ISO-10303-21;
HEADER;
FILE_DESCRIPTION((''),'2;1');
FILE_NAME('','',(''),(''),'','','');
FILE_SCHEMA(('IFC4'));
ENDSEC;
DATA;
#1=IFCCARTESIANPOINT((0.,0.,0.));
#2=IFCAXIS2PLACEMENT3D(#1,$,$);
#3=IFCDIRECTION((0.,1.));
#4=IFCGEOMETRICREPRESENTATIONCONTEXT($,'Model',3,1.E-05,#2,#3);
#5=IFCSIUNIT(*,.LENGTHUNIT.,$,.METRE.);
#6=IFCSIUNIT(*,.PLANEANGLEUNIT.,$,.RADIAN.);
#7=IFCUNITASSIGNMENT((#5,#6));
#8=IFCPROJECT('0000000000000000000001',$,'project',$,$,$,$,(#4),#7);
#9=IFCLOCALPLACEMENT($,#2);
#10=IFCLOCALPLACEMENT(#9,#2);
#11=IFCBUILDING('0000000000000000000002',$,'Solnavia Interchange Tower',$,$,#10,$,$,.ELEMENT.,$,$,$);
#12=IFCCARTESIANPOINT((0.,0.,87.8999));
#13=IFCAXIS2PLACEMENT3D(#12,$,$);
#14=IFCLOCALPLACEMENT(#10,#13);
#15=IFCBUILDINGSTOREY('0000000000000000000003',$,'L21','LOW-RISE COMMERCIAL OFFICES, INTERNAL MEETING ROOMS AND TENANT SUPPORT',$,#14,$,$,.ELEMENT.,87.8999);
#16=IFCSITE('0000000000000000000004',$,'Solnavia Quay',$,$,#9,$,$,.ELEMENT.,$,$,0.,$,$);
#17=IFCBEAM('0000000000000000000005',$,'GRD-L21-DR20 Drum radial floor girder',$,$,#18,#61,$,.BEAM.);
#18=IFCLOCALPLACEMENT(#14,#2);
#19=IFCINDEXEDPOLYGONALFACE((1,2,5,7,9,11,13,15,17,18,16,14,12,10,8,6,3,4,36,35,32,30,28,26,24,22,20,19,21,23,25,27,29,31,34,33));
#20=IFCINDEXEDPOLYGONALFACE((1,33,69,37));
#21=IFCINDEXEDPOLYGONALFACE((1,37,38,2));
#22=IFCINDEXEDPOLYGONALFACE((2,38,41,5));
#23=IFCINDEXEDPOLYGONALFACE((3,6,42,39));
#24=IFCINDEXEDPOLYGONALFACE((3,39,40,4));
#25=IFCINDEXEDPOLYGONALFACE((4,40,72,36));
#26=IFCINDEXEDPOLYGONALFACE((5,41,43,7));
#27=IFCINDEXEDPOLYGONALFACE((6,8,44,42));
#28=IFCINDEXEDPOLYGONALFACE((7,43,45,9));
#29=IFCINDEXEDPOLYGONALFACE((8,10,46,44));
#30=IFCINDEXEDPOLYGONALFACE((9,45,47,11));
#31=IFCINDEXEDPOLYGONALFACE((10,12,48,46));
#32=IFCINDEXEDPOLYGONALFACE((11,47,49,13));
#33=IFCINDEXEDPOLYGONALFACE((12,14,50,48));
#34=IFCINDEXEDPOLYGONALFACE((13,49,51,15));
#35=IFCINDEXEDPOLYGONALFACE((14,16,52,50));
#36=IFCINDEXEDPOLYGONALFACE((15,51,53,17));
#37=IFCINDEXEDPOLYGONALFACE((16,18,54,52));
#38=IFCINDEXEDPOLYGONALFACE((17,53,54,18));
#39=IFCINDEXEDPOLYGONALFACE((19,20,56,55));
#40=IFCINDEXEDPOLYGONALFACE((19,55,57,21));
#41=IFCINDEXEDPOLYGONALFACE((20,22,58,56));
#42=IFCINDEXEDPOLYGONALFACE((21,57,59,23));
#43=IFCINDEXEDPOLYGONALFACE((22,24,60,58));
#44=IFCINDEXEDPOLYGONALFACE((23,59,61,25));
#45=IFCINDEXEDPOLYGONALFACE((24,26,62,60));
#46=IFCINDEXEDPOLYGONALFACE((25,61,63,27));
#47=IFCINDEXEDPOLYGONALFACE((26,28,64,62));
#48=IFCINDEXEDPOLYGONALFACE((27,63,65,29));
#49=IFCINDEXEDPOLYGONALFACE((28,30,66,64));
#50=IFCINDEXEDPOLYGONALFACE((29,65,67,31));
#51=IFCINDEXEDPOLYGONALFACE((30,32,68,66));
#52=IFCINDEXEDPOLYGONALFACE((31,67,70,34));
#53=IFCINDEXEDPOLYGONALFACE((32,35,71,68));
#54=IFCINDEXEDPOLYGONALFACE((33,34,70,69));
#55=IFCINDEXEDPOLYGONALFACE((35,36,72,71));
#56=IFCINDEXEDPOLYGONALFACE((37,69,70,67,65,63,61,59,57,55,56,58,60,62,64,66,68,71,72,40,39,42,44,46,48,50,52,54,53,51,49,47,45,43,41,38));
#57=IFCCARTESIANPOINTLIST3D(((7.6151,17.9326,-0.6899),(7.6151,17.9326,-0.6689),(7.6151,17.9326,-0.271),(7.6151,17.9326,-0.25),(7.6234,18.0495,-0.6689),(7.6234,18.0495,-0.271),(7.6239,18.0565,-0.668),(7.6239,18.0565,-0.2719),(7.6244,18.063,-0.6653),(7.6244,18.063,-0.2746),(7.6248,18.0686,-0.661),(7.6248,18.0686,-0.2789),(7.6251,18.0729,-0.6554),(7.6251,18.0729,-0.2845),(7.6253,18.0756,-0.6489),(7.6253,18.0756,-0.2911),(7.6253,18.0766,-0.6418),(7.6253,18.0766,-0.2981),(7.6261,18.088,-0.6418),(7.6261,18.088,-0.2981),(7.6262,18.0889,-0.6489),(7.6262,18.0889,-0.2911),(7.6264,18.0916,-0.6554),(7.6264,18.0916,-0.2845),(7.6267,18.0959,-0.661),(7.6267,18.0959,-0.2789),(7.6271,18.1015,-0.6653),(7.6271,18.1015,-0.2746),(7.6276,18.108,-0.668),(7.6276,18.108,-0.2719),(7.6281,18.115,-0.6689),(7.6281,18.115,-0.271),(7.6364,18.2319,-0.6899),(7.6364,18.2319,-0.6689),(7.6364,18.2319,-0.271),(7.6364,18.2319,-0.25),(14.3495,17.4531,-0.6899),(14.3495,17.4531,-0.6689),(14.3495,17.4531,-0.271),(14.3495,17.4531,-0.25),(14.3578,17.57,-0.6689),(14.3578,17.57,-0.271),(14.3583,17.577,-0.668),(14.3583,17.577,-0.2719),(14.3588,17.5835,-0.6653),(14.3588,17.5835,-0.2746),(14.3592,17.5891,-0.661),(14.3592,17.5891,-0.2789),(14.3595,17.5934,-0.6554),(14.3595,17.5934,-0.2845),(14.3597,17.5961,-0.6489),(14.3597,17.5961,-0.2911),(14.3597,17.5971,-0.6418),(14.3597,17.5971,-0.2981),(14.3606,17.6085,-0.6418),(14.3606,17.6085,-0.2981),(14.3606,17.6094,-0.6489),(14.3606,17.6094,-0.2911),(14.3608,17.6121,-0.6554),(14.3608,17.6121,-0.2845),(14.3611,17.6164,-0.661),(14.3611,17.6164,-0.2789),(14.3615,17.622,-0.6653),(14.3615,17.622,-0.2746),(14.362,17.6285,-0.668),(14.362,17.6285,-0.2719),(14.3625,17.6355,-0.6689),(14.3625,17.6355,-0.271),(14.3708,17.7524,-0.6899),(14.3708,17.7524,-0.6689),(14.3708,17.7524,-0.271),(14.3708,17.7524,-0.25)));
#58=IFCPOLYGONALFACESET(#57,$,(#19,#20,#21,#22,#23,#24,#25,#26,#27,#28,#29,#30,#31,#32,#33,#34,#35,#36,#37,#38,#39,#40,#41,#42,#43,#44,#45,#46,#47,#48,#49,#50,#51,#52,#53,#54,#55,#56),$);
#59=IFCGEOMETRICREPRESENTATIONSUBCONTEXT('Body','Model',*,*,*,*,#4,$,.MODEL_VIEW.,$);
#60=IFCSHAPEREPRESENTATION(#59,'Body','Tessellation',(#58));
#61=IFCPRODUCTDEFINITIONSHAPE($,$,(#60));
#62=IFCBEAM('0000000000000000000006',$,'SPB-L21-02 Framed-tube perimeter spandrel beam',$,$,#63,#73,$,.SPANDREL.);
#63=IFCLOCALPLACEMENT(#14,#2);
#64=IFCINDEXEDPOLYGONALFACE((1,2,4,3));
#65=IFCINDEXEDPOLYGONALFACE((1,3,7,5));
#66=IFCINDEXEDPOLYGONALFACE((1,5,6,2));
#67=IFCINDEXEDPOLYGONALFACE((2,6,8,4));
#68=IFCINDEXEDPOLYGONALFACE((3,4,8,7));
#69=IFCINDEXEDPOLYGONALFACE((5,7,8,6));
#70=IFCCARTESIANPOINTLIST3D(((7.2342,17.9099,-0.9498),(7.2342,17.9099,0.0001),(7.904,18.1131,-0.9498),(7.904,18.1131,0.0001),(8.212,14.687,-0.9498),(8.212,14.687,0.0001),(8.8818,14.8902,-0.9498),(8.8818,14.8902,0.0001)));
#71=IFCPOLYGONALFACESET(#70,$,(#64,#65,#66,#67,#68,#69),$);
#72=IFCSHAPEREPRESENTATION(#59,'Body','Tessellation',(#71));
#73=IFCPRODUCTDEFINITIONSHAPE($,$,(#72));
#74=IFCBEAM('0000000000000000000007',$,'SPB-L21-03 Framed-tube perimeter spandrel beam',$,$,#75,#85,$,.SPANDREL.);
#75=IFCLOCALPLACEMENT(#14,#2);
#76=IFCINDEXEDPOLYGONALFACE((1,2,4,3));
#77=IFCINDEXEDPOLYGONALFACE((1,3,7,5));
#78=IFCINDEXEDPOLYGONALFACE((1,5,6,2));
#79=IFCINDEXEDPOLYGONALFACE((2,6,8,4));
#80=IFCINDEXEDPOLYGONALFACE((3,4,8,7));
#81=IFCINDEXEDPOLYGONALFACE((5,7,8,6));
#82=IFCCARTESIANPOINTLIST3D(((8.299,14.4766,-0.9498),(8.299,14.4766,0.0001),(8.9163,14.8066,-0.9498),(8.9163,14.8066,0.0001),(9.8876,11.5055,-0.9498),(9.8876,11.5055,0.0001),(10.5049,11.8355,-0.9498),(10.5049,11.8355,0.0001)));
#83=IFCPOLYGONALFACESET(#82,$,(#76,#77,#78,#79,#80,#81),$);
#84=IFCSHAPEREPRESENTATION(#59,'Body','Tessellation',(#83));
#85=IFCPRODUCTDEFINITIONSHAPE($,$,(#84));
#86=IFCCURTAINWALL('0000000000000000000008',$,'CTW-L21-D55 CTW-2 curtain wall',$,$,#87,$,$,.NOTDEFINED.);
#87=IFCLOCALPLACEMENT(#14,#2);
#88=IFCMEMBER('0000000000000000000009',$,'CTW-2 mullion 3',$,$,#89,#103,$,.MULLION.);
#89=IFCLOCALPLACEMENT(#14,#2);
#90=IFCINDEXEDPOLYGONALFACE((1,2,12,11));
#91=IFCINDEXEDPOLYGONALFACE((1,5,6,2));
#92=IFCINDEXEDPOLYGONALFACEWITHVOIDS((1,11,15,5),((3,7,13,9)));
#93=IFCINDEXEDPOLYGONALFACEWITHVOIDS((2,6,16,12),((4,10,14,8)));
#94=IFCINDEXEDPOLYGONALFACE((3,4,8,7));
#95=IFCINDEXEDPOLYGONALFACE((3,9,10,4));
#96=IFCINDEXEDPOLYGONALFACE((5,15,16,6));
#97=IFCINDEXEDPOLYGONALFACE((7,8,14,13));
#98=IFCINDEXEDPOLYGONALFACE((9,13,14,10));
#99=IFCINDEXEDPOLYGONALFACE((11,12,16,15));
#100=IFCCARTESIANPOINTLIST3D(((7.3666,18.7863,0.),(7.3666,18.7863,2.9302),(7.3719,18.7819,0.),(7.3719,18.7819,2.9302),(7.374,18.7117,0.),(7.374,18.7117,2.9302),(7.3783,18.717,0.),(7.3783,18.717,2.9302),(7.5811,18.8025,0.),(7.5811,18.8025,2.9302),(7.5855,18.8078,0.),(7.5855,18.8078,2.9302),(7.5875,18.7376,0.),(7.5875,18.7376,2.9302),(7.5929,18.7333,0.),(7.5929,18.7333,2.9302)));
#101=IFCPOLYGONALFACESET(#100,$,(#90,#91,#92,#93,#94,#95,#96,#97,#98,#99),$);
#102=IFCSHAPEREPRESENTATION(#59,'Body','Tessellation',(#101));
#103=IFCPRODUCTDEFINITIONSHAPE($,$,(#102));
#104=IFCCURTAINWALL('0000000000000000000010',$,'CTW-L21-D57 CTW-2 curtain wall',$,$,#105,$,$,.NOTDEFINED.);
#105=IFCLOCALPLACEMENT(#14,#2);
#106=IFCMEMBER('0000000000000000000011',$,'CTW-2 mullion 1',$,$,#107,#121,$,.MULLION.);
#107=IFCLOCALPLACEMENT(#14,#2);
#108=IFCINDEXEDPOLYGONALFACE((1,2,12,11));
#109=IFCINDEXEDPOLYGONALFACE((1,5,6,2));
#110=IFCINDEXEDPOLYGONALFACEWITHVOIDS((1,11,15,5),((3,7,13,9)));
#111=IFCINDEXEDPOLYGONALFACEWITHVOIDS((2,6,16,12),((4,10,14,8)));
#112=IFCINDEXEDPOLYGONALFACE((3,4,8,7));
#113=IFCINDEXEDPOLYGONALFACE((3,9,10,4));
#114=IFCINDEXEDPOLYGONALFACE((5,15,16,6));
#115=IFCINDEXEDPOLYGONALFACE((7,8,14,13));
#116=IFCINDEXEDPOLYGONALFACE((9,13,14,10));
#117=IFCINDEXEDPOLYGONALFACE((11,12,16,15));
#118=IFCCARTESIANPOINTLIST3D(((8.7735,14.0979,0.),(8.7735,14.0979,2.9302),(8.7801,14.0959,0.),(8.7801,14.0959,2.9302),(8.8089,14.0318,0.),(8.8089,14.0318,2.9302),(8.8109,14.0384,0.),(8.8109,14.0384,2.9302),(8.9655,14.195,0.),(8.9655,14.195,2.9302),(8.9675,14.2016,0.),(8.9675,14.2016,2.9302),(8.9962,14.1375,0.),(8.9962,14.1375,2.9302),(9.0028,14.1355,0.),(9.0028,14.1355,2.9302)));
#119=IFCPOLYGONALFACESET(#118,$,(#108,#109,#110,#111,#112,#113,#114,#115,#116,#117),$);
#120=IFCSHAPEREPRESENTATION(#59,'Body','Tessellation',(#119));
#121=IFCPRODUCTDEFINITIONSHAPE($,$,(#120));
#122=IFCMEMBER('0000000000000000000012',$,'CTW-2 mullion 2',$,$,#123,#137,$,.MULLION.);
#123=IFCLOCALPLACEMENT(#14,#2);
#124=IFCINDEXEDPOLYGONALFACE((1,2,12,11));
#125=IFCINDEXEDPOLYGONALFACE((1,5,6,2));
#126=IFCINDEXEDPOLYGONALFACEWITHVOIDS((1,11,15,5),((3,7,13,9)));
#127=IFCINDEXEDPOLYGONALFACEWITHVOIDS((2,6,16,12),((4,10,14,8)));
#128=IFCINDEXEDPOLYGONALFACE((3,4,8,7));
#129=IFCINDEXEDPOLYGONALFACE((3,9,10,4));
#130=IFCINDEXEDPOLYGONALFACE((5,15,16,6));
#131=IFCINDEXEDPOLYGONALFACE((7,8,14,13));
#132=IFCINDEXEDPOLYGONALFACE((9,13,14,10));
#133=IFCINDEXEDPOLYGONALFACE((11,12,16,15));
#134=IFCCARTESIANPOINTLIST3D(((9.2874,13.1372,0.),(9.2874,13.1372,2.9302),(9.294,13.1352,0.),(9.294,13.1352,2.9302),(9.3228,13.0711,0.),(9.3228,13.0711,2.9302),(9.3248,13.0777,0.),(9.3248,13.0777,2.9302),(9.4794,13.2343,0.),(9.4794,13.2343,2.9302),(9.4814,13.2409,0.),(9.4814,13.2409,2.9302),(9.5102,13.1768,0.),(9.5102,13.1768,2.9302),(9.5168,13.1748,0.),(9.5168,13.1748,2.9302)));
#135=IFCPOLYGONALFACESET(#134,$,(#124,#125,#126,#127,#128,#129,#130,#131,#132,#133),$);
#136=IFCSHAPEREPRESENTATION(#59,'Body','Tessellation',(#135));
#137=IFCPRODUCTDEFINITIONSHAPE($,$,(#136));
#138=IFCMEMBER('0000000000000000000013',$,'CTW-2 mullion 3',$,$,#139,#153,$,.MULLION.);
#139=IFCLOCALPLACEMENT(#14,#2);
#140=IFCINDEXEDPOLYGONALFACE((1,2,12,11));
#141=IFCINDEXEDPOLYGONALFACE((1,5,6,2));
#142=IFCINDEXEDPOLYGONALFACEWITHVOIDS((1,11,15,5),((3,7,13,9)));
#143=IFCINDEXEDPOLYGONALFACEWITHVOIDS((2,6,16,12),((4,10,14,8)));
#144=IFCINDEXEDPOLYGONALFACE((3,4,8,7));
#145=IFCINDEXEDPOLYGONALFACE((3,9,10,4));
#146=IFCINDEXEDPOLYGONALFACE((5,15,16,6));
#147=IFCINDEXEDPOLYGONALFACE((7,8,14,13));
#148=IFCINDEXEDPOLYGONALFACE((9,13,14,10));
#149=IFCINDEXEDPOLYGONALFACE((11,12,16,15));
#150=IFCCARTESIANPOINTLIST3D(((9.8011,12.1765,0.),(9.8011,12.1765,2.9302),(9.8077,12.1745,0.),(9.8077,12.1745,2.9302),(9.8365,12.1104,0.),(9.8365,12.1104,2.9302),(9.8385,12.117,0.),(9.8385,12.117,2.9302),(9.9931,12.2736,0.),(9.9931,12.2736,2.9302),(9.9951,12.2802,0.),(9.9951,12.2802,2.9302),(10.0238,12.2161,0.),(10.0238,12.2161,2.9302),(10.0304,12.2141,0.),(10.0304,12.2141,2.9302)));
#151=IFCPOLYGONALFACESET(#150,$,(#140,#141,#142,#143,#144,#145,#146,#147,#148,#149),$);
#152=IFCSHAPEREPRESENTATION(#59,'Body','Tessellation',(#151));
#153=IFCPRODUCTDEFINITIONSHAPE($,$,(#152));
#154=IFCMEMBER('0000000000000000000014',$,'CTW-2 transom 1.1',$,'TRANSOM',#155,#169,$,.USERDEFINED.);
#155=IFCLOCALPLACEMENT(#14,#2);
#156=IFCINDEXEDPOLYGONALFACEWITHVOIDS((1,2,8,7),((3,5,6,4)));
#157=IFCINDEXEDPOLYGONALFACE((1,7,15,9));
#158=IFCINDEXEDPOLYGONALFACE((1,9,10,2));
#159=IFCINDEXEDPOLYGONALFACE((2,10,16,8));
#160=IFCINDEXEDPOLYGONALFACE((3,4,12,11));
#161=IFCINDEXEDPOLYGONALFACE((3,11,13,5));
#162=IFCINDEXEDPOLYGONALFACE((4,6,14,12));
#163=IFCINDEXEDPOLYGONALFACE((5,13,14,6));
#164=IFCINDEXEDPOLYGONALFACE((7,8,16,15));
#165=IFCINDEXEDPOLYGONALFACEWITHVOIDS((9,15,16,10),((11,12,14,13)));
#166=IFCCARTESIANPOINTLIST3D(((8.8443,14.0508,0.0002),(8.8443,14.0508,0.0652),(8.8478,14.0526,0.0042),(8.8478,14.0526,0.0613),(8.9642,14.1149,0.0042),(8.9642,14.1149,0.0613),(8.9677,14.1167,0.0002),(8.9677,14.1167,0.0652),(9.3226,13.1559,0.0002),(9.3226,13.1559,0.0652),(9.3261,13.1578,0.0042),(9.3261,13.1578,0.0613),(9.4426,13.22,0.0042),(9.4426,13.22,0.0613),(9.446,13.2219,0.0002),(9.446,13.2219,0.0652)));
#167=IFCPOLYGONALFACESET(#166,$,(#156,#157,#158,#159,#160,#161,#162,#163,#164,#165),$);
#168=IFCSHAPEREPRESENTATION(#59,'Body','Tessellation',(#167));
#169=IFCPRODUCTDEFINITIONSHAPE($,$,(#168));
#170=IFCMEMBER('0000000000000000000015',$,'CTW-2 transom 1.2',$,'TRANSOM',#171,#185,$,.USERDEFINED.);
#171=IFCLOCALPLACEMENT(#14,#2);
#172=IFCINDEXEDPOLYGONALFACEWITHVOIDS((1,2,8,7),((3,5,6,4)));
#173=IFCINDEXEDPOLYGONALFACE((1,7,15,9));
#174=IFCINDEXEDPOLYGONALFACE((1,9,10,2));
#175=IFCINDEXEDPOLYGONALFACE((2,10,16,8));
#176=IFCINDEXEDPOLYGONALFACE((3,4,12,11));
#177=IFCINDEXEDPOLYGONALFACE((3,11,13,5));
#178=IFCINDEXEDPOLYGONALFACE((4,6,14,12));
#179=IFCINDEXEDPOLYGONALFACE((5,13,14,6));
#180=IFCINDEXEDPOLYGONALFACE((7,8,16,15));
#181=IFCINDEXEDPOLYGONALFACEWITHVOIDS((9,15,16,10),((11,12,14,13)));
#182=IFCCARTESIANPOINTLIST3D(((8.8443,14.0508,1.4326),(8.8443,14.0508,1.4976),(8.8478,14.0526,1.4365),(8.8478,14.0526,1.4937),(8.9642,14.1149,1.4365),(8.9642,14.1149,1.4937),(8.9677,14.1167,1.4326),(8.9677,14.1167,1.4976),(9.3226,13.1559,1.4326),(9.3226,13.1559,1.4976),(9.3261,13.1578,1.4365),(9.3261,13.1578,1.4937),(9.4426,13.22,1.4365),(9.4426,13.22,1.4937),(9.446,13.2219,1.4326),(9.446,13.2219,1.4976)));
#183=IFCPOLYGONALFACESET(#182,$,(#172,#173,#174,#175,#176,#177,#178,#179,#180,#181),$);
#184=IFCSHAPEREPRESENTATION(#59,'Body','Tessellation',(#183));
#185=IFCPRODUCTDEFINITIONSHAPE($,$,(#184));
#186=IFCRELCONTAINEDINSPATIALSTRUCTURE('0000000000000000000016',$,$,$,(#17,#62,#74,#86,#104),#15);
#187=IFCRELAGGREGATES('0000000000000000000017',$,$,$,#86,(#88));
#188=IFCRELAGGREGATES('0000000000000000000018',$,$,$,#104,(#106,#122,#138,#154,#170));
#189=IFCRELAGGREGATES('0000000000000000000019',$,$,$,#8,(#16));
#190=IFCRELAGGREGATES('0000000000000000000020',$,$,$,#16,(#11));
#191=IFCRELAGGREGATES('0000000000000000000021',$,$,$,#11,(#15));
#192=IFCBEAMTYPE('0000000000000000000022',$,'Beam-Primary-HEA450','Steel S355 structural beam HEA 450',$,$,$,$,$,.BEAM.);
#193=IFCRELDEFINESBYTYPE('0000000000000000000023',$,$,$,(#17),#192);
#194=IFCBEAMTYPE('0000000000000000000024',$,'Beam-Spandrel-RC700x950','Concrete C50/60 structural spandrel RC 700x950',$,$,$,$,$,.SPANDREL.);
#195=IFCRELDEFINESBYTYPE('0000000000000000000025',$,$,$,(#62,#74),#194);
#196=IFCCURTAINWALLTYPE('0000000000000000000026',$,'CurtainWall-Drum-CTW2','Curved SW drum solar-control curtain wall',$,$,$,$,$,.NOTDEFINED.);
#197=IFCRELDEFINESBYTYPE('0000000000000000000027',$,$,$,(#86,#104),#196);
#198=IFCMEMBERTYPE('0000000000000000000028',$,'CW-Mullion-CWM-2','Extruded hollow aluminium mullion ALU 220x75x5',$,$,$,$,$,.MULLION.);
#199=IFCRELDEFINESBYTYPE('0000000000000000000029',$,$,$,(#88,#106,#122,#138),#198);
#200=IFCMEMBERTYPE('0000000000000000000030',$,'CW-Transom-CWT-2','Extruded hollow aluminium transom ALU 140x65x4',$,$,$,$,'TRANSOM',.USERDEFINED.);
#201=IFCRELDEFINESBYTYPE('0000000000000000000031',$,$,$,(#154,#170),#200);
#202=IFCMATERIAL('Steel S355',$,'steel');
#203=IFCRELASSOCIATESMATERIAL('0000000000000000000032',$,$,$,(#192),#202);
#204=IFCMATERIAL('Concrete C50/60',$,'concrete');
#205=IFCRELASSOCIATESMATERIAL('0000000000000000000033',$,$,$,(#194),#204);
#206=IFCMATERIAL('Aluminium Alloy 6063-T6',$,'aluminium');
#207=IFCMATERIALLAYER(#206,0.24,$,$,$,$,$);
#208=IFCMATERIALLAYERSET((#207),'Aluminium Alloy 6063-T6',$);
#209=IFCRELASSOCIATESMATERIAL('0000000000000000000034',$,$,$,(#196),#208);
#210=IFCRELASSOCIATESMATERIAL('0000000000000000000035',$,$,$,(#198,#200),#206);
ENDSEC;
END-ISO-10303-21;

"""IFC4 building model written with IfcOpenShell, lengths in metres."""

from ifc_helpers import new_model, si_unit, direction, frame, origin, origin_2d, place, context, subcontext, project, spatial, rectangle, hollow_rectangle, i_section, extrude, material, layer, layer_set, material_profile, profile_set, type_object, element, aggregate, save


model = new_model("IFC4")

# Units and contexts
model_context = context("Model", 3, precision=1e-05, world=origin(), true_north=direction((0.0, 1.0)))
body_context = subcontext(model_context, "Body", "Model", "MODEL_VIEW")
ifc_project = project(units=[si_unit("LENGTHUNIT", "METRE"), si_unit("PLANEANGLEUNIT", "RADIAN")], contexts=[model_context])

# Site, building, storey
site_placement = place(None, origin())
site = spatial("IfcSite", under=ifc_project, at=site_placement, Name="Solnavia Quay", CompositionType="ELEMENT", RefElevation=0.0)
building_placement = place(site_placement, origin())
building = spatial("IfcBuilding", under=site, at=building_placement, Name="Solnavia Interchange Tower", CompositionType="ELEMENT")
storey_placement = place(building_placement, frame((0.0, 0.0, 87.8999)))
storey = spatial("IfcBuildingStorey", under=building, at=storey_placement, Name="L21", Description="LOW-RISE COMMERCIAL OFFICES, INTERNAL MEETING ROOMS AND TENANT SUPPORT", CompositionType="ELEMENT", Elevation=87.8999)

# Beams
ifc_material_1 = material(Name="Steel S355", Category="steel")
ifc_material_profile_1 = material_profile(ifc_material_1, i_section(OverallWidth=0.3, OverallDepth=0.4399, WebThickness=0.0115, FlangeThickness=0.021, FilletRadius=0.0271, at=origin_2d()), Name="HEA 450")
ifc_profile_set_1 = profile_set([ifc_material_profile_1], Name="Steel S355")
beam_type_1 = type_object("IfcBeamType", Name="Beam-Primary-HEA450", Description="Steel S355 structural beam HEA 450", PredefinedType="BEAM", material=ifc_profile_set_1)
beam_1_placement = place(storey_placement, frame((7.6257, 18.0823, -0.47), z_axis=(0.997475, -0.071021, 0.0), x_axis=(0.071021, 0.997475, 0.0)))
element("IfcBeam", 1, at=beam_1_placement, inside=storey, type_object=beam_type_1, Name="GRD-L21-DR20 Drum radial floor girder", PredefinedType="BEAM", context=body_context, shape_type="SweptSolid", body=[
    extrude(i_section(OverallWidth=0.3, OverallDepth=0.4399, WebThickness=0.0115, FlangeThickness=0.021, FilletRadius=0.0271, at=origin_2d()), origin(), (0.0, 0.0, 1.0), 6.7515),
])
ifc_material_2 = material(Name="Concrete C50/60", Category="concrete")
ifc_material_profile_2 = material_profile(ifc_material_2, rectangle(XDim=0.7, YDim=0.95, at=origin_2d()), Name="RC 700x950")
ifc_profile_set_2 = profile_set([ifc_material_profile_2], Name="Concrete C50/60")
beam_type_2 = type_object("IfcBeamType", Name="Beam-Spandrel-RC700x950", Description="Concrete C50/60 structural spandrel RC 700x950", PredefinedType="SPANDREL", material=ifc_profile_set_2)
beam_2_placement = place(storey_placement, frame((7.5691, 18.0115, -0.4749), z_axis=(0.290319, -0.95693, 0.0), x_axis=(0.95693, 0.290319, 0.0)))
element("IfcBeam", 2, at=beam_2_placement, inside=storey, type_object=beam_type_2, Name="SPB-L21-02 Framed-tube perimeter spandrel beam", PredefinedType="SPANDREL", context=body_context, shape_type="SweptSolid", body=[
    extrude(rectangle(XDim=0.7, YDim=0.95, at=origin_2d()), origin(), (0.0, 0.0, 1.0), 3.3679),
])
beam_3_placement = place(storey_placement, frame((8.6077, 14.6416, -0.4749), z_axis=(0.471509, -0.881861, 0.0), x_axis=(0.881861, 0.471509, 0.0)))
element("IfcBeam", 3, at=beam_3_placement, inside=storey, type_object=beam_type_2, Name="SPB-L21-03 Framed-tube perimeter spandrel beam", PredefinedType="SPANDREL", context=body_context, shape_type="SweptSolid", body=[
    extrude(rectangle(XDim=0.7, YDim=0.95, at=origin_2d()), origin(), (0.0, 0.0, 1.0), 3.3691),
])

# Curtain wall, member
ifc_material_3 = material(Name="Aluminium Alloy 6063-T6", Category="aluminium")
ifc_layer_1 = layer(ifc_material_3, 0.24)
ifc_layer_set_1 = layer_set([ifc_layer_1], Name="Aluminium Alloy 6063-T6")
curtain_wall_type = type_object("IfcCurtainWallType", Name="CurtainWall-Drum-CTW2", Description="Curved SW drum solar-control curtain wall", PredefinedType="NOTDEFINED", material=ifc_layer_set_1)
curtain_wall_1_placement = place(storey_placement, origin())
curtain_wall_1 = element("IfcCurtainWall", 4, at=curtain_wall_1_placement, inside=storey, type_object=curtain_wall_type, Name="CTW-L21-D55 CTW-2 curtain wall", PredefinedType="NOTDEFINED")
ifc_material_profile_3 = material_profile(ifc_material_3, hollow_rectangle(XDim=0.075, YDim=0.22, WallThickness=0.0049, at=origin_2d()), Name="ALU 220x75x5")
ifc_profile_set_3 = profile_set([ifc_material_profile_3], Name="Aluminium Alloy 6063-T6")
member_type_1 = type_object("IfcMemberType", Name="CW-Mullion-CWM-2", Description="Extruded hollow aluminium mullion ALU 220x75x5", PredefinedType="MULLION", material=ifc_profile_set_3)
member_1_placement = place(storey_placement, frame((7.4797, 18.7598, 0.0), z_axis=(0.0, 0.0, 1.0), x_axis=(0.098045, -0.995182, 0.0)))
member_1 = element("IfcMember", 5, at=member_1_placement, type_object=member_type_1, Name="CTW-2 mullion 3", PredefinedType="MULLION", context=body_context, shape_type="SweptSolid", body=[
    extrude(hollow_rectangle(XDim=0.075, YDim=0.22, WallThickness=0.0049, at=origin_2d()), origin(), (0.0, 0.0, 1.0), 2.9302),
])
aggregate(curtain_wall_1, [member_1])

# Curtain wall, members
curtain_wall_2_placement = place(storey_placement, origin())
curtain_wall_2 = element("IfcCurtainWall", 6, at=curtain_wall_2_placement, inside=storey, type_object=curtain_wall_type, Name="CTW-L21-D57 CTW-2 curtain wall", PredefinedType="NOTDEFINED")
member_2_placement = place(storey_placement, frame((8.8882, 14.1167, 0.0), z_axis=(0.0, 0.0, 1.0), x_axis=(0.471537, -0.881846, 0.0)))
member_2 = element("IfcMember", 7, at=member_2_placement, type_object=member_type_1, Name="CTW-2 mullion 1", PredefinedType="MULLION", context=body_context, shape_type="SweptSolid", body=[
    extrude(hollow_rectangle(XDim=0.075, YDim=0.22, WallThickness=0.0049, at=origin_2d()), origin(), (0.0, 0.0, 1.0), 2.9302),
])
member_3_placement = place(storey_placement, frame((9.4021, 13.156, 0.0), z_axis=(0.0, 0.0, 1.0), x_axis=(0.471537, -0.881846, 0.0)))
member_3 = element("IfcMember", 8, at=member_3_placement, type_object=member_type_1, Name="CTW-2 mullion 2", PredefinedType="MULLION", context=body_context, shape_type="SweptSolid", body=[
    extrude(hollow_rectangle(XDim=0.075, YDim=0.22, WallThickness=0.0049, at=origin_2d()), origin(), (0.0, 0.0, 1.0), 2.9302),
])
member_4_placement = place(storey_placement, frame((9.9158, 12.1953, 0.0), z_axis=(0.0, 0.0, 1.0), x_axis=(0.471537, -0.881846, 0.0)))
member_4 = element("IfcMember", 9, at=member_4_placement, type_object=member_type_1, Name="CTW-2 mullion 3", PredefinedType="MULLION", context=body_context, shape_type="SweptSolid", body=[
    extrude(hollow_rectangle(XDim=0.075, YDim=0.22, WallThickness=0.0049, at=origin_2d()), origin(), (0.0, 0.0, 1.0), 2.9302),
])
ifc_material_profile_4 = material_profile(ifc_material_3, hollow_rectangle(XDim=0.0649, YDim=0.1399, WallThickness=0.0039, at=origin_2d()), Name="ALU 140x65x4")
ifc_profile_set_4 = profile_set([ifc_material_profile_4], Name="Aluminium Alloy 6063-T6")
member_type_2 = type_object("IfcMemberType", Name="CW-Transom-CWT-2", Description="Extruded hollow aluminium transom ALU 140x65x4", ElementType="TRANSOM", PredefinedType="USERDEFINED", material=ifc_profile_set_4)
member_5_placement = place(storey_placement, frame((8.906, 14.0837, 0.0327), z_axis=(0.4714, -0.88192, 0.0), x_axis=(0.0, 0.0, 1.0)))
member_5 = element("IfcMember", 10, at=member_5_placement, type_object=member_type_2, Name="CTW-2 transom 1.1", ObjectType="TRANSOM", PredefinedType="USERDEFINED", context=body_context, shape_type="SweptSolid", body=[
    extrude(hollow_rectangle(XDim=0.0649, YDim=0.1399, WallThickness=0.0039, at=origin_2d()), origin(), (0.0, 0.0, 1.0), 1.0146),
])
member_6_placement = place(storey_placement, frame((8.906, 14.0837, 1.4651), z_axis=(0.4714, -0.88192, 0.0), x_axis=(0.0, 0.0, 1.0)))
member_6 = element("IfcMember", 11, at=member_6_placement, type_object=member_type_2, Name="CTW-2 transom 1.2", ObjectType="TRANSOM", PredefinedType="USERDEFINED", context=body_context, shape_type="SweptSolid", body=[
    extrude(hollow_rectangle(XDim=0.0649, YDim=0.1399, WallThickness=0.0039, at=origin_2d()), origin(), (0.0, 0.0, 1.0), 1.0146),
])
aggregate(curtain_wall_2, [member_2, member_3, member_4, member_5, member_6])

save(model, "model.ifc")
